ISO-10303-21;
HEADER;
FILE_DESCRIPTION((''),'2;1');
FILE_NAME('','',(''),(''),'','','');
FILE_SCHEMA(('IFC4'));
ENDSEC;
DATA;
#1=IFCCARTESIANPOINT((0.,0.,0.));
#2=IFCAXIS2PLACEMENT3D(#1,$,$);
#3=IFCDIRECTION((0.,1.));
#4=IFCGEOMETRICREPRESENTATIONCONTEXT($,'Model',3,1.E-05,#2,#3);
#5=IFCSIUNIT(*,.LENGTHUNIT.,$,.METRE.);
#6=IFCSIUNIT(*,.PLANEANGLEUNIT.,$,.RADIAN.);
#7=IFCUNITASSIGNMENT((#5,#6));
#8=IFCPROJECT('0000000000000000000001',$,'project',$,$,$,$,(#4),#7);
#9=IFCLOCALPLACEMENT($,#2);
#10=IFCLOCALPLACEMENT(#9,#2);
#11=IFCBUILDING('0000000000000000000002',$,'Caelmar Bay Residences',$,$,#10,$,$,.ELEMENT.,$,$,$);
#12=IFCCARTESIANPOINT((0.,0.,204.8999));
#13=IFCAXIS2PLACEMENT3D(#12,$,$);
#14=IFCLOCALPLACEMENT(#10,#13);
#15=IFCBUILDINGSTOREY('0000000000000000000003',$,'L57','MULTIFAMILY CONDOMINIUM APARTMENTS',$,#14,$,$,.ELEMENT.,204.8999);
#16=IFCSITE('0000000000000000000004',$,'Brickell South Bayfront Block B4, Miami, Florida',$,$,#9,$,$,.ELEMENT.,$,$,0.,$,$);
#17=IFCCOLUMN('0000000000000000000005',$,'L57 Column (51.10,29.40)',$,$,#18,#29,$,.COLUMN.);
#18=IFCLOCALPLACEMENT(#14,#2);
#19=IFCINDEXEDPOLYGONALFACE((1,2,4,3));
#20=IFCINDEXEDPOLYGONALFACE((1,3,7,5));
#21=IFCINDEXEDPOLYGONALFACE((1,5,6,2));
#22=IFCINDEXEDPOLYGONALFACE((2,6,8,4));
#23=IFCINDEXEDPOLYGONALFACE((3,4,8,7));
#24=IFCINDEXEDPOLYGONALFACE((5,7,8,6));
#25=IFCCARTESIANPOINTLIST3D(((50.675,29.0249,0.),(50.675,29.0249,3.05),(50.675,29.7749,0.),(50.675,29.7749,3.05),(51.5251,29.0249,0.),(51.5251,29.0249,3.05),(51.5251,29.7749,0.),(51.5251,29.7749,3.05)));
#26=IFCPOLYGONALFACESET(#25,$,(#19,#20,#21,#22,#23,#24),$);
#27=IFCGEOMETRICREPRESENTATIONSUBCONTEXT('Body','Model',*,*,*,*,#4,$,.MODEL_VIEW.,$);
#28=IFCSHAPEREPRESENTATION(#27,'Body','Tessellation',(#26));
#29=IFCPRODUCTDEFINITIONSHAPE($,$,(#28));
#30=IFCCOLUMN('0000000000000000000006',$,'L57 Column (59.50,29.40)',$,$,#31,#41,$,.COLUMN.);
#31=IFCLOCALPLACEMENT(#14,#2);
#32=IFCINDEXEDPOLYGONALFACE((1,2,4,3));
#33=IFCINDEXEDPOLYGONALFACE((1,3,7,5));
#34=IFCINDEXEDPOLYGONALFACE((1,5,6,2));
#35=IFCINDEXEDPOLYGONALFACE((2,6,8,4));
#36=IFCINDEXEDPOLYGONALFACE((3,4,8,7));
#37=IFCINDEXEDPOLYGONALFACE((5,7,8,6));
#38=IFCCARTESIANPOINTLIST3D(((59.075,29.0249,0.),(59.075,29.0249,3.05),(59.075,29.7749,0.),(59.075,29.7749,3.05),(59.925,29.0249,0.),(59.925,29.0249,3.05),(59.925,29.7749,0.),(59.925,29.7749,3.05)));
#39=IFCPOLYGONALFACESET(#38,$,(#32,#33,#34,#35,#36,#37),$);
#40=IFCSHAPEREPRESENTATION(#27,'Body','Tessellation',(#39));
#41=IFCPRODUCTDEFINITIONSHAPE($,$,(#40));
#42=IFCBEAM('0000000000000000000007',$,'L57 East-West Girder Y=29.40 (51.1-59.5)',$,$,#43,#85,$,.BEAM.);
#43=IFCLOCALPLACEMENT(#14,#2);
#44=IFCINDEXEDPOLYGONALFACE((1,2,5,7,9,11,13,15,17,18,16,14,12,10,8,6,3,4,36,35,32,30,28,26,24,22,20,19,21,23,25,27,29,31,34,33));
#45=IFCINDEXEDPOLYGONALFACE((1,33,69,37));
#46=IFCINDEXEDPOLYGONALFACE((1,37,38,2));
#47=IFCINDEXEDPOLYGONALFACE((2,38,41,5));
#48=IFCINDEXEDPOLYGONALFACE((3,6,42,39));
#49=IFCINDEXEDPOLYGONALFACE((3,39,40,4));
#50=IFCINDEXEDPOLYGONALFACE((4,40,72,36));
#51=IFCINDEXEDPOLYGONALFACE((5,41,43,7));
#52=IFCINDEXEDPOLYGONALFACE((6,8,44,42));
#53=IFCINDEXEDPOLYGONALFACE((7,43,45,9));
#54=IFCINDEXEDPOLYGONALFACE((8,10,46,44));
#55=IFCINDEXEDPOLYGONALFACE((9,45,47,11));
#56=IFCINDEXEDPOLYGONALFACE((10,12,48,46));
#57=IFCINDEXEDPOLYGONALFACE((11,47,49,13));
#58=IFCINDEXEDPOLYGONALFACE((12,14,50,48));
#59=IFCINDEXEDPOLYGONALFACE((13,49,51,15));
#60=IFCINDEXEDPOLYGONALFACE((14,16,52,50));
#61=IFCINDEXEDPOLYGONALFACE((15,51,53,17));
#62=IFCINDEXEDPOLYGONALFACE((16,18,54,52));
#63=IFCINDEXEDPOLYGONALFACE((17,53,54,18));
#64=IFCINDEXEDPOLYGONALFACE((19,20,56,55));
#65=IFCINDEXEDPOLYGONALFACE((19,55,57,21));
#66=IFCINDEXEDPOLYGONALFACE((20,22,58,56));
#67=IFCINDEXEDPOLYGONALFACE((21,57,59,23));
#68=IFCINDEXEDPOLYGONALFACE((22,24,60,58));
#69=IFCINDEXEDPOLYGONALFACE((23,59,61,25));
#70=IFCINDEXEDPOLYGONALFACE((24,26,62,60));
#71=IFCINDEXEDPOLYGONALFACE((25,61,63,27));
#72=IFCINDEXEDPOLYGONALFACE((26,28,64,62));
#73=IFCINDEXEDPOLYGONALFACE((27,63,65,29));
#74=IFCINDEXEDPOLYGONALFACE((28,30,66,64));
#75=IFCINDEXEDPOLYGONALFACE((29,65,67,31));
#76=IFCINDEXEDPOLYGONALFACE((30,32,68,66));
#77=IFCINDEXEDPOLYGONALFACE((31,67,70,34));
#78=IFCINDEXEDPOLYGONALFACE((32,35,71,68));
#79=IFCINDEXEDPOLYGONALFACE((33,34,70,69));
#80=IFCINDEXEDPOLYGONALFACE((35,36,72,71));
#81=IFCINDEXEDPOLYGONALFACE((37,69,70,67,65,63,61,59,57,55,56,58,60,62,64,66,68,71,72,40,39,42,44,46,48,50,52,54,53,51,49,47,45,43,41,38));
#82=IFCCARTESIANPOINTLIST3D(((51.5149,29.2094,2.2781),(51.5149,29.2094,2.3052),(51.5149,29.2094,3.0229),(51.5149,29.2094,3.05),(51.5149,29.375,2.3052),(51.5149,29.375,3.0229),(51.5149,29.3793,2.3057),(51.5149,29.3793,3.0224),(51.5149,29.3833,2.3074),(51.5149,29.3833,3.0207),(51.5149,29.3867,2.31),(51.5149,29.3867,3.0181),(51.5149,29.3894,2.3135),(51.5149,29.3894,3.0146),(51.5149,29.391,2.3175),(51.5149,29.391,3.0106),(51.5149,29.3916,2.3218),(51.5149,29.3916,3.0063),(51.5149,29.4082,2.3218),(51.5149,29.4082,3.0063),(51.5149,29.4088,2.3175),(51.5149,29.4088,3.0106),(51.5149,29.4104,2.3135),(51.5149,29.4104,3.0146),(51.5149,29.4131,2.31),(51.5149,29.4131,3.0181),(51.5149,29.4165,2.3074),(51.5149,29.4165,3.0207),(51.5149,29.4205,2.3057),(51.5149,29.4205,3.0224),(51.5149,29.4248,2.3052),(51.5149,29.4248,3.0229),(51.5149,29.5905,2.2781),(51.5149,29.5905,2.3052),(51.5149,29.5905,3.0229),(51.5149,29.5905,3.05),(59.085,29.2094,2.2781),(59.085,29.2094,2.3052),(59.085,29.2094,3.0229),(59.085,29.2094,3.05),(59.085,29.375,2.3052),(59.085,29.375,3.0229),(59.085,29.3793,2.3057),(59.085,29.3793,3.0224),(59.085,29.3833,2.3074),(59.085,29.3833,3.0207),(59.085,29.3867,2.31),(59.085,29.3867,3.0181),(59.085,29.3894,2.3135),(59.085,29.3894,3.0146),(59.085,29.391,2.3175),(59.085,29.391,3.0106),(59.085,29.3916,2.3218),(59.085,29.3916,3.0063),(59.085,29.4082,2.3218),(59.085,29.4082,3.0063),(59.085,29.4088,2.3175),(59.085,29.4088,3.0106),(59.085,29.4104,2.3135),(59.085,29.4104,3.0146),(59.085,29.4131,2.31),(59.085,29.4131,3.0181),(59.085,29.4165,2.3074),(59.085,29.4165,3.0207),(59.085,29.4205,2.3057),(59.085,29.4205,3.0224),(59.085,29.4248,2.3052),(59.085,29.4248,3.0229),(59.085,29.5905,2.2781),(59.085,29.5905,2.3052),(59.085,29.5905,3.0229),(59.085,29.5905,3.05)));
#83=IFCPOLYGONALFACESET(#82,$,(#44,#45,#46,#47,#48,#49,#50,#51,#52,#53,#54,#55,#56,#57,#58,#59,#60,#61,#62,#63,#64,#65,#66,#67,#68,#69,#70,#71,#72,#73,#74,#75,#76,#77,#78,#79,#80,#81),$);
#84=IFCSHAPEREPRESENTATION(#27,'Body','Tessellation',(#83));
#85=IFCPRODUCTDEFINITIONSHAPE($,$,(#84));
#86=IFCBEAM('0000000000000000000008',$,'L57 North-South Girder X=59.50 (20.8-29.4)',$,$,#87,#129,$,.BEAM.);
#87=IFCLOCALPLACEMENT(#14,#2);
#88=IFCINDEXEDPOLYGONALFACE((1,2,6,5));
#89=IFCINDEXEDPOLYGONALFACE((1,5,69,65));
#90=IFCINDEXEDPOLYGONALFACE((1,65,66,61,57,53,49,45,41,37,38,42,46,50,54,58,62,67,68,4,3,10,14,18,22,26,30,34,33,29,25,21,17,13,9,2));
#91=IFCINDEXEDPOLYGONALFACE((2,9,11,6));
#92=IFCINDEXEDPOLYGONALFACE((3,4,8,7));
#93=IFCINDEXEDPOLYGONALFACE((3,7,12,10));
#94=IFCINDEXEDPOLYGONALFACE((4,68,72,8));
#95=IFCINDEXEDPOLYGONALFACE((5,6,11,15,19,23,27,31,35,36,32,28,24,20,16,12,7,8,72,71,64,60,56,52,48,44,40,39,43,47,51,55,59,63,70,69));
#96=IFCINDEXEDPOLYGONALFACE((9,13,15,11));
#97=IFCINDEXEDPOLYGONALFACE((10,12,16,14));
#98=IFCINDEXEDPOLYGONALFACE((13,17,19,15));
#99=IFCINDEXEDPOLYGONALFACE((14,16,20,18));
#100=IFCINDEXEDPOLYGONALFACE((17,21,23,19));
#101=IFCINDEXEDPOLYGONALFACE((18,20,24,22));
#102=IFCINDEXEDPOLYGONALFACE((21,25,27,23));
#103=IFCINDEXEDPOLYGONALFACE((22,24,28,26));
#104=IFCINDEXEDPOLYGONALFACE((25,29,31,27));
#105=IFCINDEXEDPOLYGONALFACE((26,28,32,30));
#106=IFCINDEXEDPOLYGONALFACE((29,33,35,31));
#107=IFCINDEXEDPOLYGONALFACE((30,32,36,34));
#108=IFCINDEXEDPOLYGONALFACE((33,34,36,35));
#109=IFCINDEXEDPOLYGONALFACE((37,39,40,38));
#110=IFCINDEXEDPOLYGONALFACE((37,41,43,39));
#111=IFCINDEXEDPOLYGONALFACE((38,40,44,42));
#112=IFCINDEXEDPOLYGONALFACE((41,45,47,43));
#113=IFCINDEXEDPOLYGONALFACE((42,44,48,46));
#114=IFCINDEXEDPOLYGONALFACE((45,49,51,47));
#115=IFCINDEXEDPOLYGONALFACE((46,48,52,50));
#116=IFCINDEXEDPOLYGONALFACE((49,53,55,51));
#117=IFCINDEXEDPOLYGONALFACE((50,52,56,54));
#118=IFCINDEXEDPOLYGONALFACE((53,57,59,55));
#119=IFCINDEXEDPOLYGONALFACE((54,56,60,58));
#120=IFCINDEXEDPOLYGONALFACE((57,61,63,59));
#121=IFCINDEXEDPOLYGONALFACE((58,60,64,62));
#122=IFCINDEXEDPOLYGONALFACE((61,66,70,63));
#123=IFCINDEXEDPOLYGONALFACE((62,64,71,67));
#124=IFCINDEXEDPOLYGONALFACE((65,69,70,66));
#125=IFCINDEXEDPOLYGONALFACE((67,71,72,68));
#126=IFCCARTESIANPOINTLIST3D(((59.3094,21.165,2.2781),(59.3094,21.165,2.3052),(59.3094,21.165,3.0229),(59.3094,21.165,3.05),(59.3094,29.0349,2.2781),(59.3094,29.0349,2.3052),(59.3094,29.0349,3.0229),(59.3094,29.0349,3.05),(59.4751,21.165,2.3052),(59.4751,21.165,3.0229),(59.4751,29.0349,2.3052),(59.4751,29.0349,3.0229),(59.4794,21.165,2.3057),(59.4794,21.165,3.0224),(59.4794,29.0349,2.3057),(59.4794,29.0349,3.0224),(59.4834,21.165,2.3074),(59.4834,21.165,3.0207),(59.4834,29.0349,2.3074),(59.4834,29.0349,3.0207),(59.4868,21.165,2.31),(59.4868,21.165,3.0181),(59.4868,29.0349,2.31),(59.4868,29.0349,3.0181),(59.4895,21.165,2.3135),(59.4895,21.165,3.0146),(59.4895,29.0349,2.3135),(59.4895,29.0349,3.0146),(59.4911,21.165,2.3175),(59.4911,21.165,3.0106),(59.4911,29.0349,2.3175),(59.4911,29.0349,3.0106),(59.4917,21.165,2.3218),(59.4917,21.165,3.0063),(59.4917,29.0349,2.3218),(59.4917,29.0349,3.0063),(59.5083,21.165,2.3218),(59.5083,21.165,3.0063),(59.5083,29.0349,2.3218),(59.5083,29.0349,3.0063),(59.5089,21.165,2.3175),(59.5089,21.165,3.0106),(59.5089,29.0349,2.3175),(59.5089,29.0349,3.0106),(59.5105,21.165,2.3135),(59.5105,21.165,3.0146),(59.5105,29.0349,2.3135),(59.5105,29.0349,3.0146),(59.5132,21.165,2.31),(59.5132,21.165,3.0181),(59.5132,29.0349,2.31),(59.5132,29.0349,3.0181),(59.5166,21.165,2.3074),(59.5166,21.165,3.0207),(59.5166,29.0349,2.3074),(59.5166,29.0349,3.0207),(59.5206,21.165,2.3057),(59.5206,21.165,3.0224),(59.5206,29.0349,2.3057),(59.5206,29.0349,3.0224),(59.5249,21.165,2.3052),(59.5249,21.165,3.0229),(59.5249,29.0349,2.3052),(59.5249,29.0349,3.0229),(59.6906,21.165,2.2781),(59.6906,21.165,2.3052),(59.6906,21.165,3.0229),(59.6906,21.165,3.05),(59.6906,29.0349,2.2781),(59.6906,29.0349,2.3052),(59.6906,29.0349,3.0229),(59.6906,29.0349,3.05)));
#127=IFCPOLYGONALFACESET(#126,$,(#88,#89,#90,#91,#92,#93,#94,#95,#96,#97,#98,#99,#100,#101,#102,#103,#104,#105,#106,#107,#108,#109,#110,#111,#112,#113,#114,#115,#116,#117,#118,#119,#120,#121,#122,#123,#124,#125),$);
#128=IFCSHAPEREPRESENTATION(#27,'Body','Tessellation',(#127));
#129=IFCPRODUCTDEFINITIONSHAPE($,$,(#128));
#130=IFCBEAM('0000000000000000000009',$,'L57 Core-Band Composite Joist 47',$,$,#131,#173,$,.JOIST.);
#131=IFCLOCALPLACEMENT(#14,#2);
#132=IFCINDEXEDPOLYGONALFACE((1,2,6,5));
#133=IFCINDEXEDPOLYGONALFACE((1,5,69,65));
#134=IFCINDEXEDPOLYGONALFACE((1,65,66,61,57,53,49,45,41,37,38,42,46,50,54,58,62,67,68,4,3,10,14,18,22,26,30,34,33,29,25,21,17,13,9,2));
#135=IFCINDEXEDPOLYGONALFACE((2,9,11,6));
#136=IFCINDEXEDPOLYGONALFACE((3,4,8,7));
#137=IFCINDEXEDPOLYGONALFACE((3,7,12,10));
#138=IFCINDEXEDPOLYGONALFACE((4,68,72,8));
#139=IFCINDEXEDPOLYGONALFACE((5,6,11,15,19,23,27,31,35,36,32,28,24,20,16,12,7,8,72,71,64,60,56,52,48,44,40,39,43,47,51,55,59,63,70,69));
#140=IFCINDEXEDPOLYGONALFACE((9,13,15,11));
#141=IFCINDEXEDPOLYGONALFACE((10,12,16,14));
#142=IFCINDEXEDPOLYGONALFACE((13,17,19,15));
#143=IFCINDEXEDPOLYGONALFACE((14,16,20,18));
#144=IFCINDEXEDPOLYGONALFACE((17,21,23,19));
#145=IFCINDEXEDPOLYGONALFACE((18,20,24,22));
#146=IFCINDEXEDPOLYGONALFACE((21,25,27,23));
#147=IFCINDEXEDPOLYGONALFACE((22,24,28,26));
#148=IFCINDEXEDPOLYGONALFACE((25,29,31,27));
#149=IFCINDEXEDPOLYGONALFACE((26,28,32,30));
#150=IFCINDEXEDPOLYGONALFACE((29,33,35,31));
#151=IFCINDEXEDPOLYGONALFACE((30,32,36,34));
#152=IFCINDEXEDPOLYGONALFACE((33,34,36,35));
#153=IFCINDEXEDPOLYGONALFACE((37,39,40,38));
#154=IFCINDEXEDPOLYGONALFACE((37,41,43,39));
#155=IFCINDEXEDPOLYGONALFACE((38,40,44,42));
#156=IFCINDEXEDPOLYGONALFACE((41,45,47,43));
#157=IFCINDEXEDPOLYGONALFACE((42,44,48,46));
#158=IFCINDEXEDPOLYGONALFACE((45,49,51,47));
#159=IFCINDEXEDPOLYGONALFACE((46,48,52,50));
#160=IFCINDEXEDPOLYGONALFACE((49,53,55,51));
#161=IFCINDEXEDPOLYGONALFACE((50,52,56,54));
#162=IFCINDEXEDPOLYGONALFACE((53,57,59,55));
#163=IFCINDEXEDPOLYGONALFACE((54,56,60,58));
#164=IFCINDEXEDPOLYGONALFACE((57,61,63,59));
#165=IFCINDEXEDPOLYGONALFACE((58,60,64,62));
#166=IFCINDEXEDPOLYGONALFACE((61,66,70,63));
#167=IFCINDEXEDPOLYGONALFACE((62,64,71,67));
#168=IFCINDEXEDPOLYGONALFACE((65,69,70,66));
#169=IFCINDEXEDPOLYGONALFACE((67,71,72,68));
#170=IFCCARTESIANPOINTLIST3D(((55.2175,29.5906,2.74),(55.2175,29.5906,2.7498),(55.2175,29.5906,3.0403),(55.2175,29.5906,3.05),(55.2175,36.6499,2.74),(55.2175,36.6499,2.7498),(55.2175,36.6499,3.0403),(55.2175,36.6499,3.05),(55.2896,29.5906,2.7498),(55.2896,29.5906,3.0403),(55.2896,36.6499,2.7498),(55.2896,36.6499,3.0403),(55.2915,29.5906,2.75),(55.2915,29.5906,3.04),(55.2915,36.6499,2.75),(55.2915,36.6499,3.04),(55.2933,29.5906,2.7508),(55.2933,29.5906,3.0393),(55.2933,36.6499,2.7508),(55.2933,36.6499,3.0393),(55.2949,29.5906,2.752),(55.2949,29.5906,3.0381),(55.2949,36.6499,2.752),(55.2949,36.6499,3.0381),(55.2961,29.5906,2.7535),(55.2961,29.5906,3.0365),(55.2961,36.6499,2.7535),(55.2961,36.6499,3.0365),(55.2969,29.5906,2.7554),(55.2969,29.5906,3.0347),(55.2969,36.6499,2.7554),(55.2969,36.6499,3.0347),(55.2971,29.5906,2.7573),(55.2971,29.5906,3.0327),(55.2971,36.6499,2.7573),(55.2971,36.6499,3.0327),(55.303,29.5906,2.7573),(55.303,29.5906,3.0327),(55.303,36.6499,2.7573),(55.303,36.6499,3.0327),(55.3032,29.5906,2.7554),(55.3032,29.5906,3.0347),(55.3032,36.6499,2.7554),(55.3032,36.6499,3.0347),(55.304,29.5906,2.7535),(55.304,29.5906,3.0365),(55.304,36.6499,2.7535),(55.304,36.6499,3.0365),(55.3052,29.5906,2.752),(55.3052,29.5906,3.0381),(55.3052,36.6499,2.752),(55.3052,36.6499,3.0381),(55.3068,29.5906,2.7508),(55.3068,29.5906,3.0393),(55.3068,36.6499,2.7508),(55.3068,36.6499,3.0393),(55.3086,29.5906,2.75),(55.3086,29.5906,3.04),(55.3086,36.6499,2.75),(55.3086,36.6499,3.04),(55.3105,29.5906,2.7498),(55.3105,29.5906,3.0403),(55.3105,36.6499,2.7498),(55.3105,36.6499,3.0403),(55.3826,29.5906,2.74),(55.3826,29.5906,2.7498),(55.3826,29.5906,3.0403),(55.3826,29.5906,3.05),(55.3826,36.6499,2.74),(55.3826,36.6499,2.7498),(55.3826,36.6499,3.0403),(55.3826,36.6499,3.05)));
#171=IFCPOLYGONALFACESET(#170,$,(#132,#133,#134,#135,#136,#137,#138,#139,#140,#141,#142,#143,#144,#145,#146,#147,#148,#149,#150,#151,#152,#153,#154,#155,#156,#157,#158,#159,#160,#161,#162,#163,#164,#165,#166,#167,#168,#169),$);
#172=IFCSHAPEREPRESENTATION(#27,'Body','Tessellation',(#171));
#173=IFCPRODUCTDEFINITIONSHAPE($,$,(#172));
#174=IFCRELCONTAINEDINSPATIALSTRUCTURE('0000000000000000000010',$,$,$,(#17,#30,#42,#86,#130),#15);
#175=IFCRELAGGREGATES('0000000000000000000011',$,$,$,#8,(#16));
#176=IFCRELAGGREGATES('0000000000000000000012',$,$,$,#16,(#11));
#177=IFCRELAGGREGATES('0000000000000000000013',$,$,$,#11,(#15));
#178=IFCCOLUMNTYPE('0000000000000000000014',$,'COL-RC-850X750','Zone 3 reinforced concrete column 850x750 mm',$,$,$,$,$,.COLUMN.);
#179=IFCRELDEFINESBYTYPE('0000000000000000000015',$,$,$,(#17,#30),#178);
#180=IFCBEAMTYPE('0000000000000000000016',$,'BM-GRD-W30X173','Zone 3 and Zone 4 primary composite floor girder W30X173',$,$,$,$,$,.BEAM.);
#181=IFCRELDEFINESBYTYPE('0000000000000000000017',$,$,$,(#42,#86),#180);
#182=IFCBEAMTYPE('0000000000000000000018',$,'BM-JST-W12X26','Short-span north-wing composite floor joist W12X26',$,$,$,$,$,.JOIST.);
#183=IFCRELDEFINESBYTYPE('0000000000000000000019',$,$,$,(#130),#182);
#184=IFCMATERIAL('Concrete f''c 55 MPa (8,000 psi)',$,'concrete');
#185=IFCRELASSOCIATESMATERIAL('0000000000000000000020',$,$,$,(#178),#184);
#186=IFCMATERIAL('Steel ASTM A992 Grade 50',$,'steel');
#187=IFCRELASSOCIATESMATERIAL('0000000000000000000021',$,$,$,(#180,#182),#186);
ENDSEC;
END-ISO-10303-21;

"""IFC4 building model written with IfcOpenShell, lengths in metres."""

from ifc_helpers import new_model, si_unit, direction, frame, origin, origin_2d, place, context, subcontext, project, spatial, rectangle, i_section, extrude, material, material_profile, profile_set, type_object, element, save


model = new_model("IFC4")

# Units and contexts
model_context = context("Model", 3, precision=1e-05, world=origin(), true_north=direction((0.0, 1.0)))
body_context = subcontext(model_context, "Body", "Model", "MODEL_VIEW")
ifc_project = project(units=[si_unit("LENGTHUNIT", "METRE"), si_unit("PLANEANGLEUNIT", "RADIAN")], contexts=[model_context])

# Site, building, storey
site_placement = place(None, origin())
site = spatial("IfcSite", under=ifc_project, at=site_placement, Name="Brickell South Bayfront Block B4, Miami, Florida", CompositionType="ELEMENT", RefElevation=0.0)
building_placement = place(site_placement, origin())
building = spatial("IfcBuilding", under=site, at=building_placement, Name="Caelmar Bay Residences", CompositionType="ELEMENT")
storey_placement = place(building_placement, frame((0.0, 0.0, 204.8999)))
storey = spatial("IfcBuildingStorey", under=building, at=storey_placement, Name="L57", Description="MULTIFAMILY CONDOMINIUM APARTMENTS", CompositionType="ELEMENT", Elevation=204.8999)

# Columns
ifc_material_1 = material(Name="Concrete f'c 55 MPa (8,000 psi)", Category="concrete")
ifc_material_profile_1 = material_profile(ifc_material_1, rectangle(XDim=0.8501, YDim=0.75, at=origin_2d()), Name="RC-COL-850X750")
ifc_profile_set_1 = profile_set([ifc_material_profile_1], Name="Concrete f'c 55 MPa (8,000 psi)")
column_type = type_object("IfcColumnType", Name="COL-RC-850X750", Description="Zone 3 reinforced concrete column 850x750 mm", PredefinedType="COLUMN", material=ifc_profile_set_1)
for number, where, z_axis, x_axis, name in (
    (1, (51.1001, 29.3999, 0.0), (0.0, 0.0, 1.0), (1.0, 0.0, 0.0), "L57 Column (51.10,29.40)"),
    (2, (59.5, 29.3999, 0.0), (0.0, 0.0, 1.0), (1.0, 0.0, 0.0), "L57 Column (59.50,29.40)"),
):
    element("IfcColumn", number, at=place(storey_placement, frame(where, z_axis=z_axis, x_axis=x_axis)), inside=storey, type_object=column_type, Name=name, PredefinedType="COLUMN", context=body_context, shape_type="SweptSolid", body=[
        extrude(rectangle(XDim=0.8501, YDim=0.75, at=origin_2d()), origin(), (0.0, 0.0, 1.0), 3.05),
    ])

# Beams
ifc_material_2 = material(Name="Steel ASTM A992 Grade 50", Category="steel")
ifc_material_profile_2 = material_profile(ifc_material_2, i_section(OverallWidth=0.3811, OverallDepth=0.772, WebThickness=0.0166, FlangeThickness=0.0271, FilletRadius=0.0166, at=origin_2d()), Name="W30X173")
ifc_profile_set_2 = profile_set([ifc_material_profile_2], Name="Steel ASTM A992 Grade 50")
beam_type_1 = type_object("IfcBeamType", Name="BM-GRD-W30X173", Description="Zone 3 and Zone 4 primary composite floor girder W30X173", PredefinedType="BEAM", material=ifc_profile_set_2)
beam_1_placement = place(storey_placement, frame((51.5149, 29.3999, 2.6641), z_axis=(1.0, 0.0, 0.0), x_axis=(0.0, 1.0, 0.0)))
element("IfcBeam", 3, at=beam_1_placement, inside=storey, type_object=beam_type_1, Name="L57 East-West Girder Y=29.40 (51.1-59.5)", PredefinedType="BEAM", context=body_context, shape_type="SweptSolid", body=[
    extrude(i_section(OverallWidth=0.3811, OverallDepth=0.772, WebThickness=0.0166, FlangeThickness=0.0271, FilletRadius=0.0166, at=origin_2d()), origin(), (0.0, 0.0, 1.0), 7.5701),
])
beam_2_placement = place(storey_placement, frame((59.5, 21.165, 2.6641), z_axis=(0.0, 1.0, 0.0), x_axis=(-1.0, 0.0, 0.0)))
element("IfcBeam", 4, at=beam_2_placement, inside=storey, type_object=beam_type_1, Name="L57 North-South Girder X=59.50 (20.8-29.4)", PredefinedType="BEAM", context=body_context, shape_type="SweptSolid", body=[
    extrude(i_section(OverallWidth=0.3811, OverallDepth=0.772, WebThickness=0.0166, FlangeThickness=0.0271, FilletRadius=0.0166, at=origin_2d()), origin(), (0.0, 0.0, 1.0), 7.8699),
])
ifc_material_profile_3 = material_profile(ifc_material_2, i_section(OverallWidth=0.165, OverallDepth=0.3101, WebThickness=0.0059, FlangeThickness=0.0098, FilletRadius=0.0076, at=origin_2d()), Name="W12X26")
ifc_profile_set_3 = profile_set([ifc_material_profile_3], Name="Steel ASTM A992 Grade 50")
beam_type_2 = type_object("IfcBeamType", Name="BM-JST-W12X26", Description="Short-span north-wing composite floor joist W12X26", PredefinedType="JOIST", material=ifc_profile_set_3)
beam_3_placement = place(storey_placement, frame((55.3, 29.5906, 2.895), z_axis=(0.0, 1.0, 0.0), x_axis=(-1.0, 0.0, 0.0)))
element("IfcBeam", 5, at=beam_3_placement, inside=storey, type_object=beam_type_2, Name="L57 Core-Band Composite Joist 47", PredefinedType="JOIST", context=body_context, shape_type="SweptSolid", body=[
    extrude(i_section(OverallWidth=0.165, OverallDepth=0.3101, WebThickness=0.0059, FlangeThickness=0.0098, FilletRadius=0.0076, at=origin_2d()), origin(), (0.0, 0.0, 1.0), 7.0593),
])

save(model, "model.ifc")
